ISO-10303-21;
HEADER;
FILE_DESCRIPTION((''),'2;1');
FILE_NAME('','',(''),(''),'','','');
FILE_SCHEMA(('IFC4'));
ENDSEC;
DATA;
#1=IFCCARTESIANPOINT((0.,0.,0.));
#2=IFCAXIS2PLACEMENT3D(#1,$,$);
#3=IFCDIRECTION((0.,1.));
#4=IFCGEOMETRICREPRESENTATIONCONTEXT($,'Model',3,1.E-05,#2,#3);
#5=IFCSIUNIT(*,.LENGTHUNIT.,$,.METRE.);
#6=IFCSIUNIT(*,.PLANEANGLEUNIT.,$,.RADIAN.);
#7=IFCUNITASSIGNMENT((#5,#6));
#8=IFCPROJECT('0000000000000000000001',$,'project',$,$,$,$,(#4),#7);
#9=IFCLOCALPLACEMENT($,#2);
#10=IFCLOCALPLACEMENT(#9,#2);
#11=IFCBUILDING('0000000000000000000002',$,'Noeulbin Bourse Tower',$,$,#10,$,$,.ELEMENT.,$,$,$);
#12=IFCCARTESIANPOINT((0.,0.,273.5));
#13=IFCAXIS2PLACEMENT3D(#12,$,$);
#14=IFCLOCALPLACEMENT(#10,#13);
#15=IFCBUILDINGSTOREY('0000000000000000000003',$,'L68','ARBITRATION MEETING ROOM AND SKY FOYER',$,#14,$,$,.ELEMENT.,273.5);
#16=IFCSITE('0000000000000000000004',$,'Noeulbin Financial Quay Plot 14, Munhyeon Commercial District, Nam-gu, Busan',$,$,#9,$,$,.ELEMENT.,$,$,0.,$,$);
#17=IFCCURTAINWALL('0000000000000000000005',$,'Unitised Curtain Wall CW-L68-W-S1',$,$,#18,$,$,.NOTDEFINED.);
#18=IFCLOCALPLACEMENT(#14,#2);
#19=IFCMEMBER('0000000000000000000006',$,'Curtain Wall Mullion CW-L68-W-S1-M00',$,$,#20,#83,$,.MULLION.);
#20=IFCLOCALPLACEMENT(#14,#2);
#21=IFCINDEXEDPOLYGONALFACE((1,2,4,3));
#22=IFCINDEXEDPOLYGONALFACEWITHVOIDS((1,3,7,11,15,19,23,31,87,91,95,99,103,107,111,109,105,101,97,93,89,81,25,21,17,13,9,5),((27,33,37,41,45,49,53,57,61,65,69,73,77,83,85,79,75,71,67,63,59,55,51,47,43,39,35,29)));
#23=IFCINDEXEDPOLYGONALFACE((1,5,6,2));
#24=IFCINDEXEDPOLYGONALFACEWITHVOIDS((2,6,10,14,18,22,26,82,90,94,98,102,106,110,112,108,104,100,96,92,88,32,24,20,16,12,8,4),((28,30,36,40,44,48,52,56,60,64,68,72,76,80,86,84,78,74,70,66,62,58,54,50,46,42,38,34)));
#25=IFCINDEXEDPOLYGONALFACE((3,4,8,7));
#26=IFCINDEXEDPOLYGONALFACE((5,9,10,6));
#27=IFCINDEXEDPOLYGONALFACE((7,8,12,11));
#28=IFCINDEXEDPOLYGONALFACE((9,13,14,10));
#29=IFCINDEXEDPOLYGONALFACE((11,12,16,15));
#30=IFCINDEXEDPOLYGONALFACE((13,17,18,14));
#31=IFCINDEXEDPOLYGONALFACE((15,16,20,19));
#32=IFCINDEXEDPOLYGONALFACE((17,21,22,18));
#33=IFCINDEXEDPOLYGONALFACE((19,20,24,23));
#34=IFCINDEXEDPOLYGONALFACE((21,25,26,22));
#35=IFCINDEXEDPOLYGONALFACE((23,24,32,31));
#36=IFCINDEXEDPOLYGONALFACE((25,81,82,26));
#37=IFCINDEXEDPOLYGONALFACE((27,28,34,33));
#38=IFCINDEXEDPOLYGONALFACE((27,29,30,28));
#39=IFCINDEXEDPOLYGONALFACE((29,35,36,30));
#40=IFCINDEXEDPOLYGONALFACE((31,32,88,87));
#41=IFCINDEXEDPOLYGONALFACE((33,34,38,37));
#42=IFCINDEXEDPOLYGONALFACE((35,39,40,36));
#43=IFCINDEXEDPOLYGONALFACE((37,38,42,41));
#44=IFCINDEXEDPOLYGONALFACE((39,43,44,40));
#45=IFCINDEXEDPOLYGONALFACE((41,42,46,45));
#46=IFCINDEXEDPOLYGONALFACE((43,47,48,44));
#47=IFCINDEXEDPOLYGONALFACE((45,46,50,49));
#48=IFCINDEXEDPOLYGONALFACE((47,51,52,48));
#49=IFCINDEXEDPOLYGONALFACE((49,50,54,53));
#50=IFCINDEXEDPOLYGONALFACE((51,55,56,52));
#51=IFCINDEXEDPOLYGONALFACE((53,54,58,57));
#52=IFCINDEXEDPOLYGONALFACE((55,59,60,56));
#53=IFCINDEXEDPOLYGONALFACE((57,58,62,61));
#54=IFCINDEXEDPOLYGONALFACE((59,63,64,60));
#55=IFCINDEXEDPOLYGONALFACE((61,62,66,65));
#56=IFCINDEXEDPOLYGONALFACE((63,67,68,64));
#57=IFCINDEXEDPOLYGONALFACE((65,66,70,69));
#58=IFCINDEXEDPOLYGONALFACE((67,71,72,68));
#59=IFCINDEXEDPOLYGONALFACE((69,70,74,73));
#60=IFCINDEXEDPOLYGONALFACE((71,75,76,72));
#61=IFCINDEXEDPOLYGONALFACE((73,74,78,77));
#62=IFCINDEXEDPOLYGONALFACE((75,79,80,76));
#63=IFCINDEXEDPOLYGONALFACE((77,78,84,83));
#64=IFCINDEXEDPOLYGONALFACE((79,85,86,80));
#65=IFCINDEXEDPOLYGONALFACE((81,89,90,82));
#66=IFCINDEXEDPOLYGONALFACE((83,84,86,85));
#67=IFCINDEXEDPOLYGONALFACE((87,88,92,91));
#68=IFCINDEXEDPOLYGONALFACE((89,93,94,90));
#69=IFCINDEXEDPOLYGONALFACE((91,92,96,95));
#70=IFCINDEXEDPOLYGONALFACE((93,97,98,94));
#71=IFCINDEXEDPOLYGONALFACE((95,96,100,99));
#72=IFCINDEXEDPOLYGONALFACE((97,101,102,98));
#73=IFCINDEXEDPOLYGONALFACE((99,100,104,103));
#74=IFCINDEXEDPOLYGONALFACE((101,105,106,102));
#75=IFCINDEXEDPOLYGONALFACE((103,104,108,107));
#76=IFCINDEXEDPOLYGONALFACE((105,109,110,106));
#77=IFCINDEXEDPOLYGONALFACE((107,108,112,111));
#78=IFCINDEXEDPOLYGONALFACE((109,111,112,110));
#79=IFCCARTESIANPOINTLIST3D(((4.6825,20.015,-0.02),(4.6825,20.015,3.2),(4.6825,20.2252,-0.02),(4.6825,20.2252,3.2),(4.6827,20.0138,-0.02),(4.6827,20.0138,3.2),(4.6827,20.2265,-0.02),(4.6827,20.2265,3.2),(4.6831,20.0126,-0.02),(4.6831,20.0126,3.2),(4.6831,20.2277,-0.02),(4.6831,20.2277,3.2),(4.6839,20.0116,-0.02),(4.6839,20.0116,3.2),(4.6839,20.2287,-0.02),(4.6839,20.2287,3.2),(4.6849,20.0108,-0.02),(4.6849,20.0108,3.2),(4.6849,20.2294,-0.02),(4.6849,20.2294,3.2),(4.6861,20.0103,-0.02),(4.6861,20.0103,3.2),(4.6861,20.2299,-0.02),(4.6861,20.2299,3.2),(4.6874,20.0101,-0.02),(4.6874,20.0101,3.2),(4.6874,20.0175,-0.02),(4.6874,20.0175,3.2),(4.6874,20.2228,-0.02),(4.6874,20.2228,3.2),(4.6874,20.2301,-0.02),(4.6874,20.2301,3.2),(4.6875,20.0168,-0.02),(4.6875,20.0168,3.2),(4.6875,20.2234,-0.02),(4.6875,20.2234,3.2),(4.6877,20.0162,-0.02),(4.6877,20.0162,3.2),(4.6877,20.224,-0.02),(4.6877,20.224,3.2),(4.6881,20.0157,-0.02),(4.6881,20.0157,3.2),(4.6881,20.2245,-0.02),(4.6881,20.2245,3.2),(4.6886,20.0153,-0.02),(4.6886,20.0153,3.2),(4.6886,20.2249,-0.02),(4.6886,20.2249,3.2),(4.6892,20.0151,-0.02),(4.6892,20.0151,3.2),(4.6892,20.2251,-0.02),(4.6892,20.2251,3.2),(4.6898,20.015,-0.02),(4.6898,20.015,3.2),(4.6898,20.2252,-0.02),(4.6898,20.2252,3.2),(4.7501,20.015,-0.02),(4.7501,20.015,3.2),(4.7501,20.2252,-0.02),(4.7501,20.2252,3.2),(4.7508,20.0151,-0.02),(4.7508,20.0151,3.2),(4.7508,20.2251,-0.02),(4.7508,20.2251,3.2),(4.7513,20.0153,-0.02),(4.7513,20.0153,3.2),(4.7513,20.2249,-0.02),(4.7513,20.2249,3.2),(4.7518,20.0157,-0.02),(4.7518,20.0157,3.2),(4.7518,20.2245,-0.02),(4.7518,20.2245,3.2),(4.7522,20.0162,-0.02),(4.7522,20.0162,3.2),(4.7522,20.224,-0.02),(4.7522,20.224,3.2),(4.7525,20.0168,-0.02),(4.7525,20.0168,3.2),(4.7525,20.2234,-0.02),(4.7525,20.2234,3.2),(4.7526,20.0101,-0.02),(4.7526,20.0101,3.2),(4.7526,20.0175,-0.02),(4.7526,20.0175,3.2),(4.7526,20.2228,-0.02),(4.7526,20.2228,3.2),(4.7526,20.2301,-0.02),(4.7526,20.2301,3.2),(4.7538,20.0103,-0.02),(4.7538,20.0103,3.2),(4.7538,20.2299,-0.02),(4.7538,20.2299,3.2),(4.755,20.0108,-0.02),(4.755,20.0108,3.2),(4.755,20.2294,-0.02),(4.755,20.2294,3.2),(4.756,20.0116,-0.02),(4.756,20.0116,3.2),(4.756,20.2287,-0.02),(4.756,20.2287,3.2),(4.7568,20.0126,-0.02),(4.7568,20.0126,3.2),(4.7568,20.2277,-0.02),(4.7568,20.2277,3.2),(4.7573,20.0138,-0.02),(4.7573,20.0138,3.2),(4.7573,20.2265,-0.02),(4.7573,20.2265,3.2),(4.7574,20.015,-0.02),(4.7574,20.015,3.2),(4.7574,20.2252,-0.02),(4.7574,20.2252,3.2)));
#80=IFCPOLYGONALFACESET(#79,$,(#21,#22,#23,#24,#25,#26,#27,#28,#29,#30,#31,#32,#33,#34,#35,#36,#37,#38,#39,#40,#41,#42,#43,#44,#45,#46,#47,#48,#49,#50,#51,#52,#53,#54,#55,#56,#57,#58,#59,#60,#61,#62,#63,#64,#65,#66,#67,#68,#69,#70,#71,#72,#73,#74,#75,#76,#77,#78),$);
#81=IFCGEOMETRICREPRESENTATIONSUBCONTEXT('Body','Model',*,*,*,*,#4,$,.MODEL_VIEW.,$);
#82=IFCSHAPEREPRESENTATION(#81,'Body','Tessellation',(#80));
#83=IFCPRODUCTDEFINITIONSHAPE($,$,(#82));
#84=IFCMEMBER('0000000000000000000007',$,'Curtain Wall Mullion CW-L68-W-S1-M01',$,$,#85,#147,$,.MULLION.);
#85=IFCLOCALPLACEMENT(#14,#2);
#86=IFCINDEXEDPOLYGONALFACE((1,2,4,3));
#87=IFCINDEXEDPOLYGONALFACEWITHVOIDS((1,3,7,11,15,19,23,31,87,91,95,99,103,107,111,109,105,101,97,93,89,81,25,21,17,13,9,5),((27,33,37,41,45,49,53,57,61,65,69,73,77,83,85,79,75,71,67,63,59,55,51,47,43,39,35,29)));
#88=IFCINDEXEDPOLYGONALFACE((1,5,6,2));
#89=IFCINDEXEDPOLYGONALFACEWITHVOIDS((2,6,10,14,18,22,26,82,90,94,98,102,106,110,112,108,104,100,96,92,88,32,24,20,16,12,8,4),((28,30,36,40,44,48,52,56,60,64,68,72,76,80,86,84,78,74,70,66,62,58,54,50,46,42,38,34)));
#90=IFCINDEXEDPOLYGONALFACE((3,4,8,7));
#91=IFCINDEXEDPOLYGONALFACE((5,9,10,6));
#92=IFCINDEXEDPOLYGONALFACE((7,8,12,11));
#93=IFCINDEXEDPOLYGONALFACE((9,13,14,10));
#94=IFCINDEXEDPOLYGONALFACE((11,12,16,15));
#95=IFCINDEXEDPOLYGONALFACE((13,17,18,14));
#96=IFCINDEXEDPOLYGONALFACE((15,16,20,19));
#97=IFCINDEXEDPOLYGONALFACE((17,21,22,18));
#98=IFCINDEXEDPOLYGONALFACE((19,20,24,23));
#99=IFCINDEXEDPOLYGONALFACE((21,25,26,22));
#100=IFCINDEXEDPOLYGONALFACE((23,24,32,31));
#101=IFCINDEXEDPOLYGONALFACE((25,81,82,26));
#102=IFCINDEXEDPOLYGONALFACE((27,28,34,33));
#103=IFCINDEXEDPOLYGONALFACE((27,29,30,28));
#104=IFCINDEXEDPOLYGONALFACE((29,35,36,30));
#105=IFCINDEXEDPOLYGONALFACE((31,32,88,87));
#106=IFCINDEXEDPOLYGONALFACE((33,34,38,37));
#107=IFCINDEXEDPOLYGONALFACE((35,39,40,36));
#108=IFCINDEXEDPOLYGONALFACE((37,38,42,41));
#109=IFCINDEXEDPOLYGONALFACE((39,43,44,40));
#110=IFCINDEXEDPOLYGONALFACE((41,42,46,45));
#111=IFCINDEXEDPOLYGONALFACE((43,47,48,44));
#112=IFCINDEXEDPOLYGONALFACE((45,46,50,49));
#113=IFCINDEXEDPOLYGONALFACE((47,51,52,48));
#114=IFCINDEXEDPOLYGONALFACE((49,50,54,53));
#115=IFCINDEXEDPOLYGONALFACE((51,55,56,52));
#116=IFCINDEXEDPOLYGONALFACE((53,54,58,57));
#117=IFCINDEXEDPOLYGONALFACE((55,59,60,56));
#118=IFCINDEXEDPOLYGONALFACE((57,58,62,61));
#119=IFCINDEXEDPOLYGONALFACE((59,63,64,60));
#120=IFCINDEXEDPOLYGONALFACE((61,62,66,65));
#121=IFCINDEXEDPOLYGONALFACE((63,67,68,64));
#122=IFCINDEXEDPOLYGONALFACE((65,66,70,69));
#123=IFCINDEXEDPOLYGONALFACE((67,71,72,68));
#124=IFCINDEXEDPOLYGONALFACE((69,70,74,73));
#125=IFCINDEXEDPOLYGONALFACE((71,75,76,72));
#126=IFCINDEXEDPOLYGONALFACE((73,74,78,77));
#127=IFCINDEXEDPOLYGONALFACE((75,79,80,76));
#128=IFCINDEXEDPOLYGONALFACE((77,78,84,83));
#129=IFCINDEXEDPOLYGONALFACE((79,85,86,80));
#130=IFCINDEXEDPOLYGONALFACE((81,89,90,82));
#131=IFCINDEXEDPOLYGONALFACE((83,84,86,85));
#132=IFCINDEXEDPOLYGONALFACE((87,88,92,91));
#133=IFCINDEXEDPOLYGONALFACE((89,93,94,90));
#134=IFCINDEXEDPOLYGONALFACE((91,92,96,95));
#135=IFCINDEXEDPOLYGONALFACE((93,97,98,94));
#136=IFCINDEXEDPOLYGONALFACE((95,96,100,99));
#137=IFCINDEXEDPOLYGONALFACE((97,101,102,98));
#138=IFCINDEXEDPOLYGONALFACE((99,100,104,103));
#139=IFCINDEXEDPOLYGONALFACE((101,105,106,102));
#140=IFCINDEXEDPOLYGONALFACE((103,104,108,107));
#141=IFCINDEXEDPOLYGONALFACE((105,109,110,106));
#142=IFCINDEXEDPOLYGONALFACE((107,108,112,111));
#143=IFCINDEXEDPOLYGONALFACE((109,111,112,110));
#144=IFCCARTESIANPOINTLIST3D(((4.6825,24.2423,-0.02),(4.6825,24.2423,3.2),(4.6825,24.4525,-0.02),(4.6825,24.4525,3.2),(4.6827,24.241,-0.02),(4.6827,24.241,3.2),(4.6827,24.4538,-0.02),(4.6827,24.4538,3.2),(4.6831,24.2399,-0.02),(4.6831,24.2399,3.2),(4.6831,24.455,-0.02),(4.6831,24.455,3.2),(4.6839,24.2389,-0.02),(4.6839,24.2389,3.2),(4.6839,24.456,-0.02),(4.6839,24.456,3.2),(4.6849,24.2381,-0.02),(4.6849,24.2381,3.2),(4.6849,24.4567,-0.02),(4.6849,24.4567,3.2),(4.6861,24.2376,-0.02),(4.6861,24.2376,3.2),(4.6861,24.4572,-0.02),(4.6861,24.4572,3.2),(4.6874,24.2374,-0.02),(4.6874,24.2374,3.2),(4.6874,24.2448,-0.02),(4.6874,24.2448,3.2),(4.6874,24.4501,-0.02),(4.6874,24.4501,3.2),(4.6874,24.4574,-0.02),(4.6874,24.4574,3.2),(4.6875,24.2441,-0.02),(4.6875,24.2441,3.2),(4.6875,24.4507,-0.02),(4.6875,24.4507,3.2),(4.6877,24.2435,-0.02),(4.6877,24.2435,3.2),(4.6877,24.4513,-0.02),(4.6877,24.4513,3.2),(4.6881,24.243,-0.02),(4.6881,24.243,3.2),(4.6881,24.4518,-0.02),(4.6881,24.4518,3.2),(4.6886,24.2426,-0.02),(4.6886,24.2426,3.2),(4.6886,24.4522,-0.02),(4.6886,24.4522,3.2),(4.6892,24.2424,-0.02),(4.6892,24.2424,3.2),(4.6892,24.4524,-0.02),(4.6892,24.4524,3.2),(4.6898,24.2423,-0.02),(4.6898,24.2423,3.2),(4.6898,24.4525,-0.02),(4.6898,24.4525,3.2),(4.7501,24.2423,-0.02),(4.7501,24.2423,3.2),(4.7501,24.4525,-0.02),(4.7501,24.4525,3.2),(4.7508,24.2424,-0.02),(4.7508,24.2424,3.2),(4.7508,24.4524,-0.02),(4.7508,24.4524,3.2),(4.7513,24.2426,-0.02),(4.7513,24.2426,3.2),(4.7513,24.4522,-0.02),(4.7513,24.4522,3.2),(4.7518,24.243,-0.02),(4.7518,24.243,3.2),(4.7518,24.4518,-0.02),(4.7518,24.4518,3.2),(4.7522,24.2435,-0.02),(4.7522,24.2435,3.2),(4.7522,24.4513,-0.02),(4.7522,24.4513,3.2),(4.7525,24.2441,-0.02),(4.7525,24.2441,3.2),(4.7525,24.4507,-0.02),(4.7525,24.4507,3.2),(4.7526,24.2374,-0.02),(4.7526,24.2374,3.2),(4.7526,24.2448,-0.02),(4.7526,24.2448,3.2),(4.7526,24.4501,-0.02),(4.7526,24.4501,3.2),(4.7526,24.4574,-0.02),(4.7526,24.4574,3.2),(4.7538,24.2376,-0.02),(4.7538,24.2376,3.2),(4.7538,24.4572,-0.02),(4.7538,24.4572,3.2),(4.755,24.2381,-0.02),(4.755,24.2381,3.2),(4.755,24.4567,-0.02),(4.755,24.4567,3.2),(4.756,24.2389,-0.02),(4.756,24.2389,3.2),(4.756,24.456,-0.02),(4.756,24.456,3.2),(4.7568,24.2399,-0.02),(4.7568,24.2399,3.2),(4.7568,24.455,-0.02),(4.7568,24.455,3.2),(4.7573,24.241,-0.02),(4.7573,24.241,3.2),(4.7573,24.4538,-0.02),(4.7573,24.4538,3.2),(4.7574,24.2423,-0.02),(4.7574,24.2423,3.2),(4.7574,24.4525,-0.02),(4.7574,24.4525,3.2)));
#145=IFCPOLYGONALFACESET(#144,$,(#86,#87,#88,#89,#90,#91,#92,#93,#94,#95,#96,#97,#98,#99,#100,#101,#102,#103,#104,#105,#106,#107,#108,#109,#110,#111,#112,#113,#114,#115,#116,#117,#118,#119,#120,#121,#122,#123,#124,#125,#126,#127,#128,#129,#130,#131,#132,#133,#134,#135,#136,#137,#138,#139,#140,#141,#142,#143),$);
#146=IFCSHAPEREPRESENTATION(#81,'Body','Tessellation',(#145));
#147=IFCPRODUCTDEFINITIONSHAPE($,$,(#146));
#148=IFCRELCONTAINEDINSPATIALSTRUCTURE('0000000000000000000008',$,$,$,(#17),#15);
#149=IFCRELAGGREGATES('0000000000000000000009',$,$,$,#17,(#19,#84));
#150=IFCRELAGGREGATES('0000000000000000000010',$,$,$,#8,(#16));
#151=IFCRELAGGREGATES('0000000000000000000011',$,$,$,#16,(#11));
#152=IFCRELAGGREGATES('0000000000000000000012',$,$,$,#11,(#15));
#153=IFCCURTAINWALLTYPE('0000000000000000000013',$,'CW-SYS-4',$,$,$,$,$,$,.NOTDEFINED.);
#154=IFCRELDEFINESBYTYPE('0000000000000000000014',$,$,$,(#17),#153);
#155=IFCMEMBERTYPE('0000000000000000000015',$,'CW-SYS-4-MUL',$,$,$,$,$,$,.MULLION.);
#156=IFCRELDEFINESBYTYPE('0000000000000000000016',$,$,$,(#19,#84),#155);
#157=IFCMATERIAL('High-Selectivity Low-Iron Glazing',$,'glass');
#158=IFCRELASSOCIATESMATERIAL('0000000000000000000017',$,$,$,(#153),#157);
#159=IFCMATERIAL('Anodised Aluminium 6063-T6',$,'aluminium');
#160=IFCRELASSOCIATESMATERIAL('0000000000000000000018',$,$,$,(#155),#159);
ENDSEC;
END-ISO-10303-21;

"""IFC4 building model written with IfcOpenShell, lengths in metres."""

from ifc_helpers import new_model, si_unit, direction, frame, origin, origin_2d, place, context, subcontext, project, spatial, hollow_rectangle, extrude, material, material_profile, profile_set, type_object, element, aggregate, save


model = new_model("IFC4")

# Units and contexts
model_context = context("Model", 3, precision=1e-05, world=origin(), true_north=direction((0.0, 1.0)))
body_context = subcontext(model_context, "Body", "Model", "MODEL_VIEW")
ifc_project = project(units=[si_unit("LENGTHUNIT", "METRE"), si_unit("PLANEANGLEUNIT", "RADIAN")], contexts=[model_context])

# Site, building, storey
site_placement = place(None, origin())
site = spatial("IfcSite", under=ifc_project, at=site_placement, Name="Noeulbin Financial Quay Plot 14, Munhyeon Commercial District, Nam-gu, Busan", CompositionType="ELEMENT", RefElevation=0.0)
building_placement = place(site_placement, origin())
building = spatial("IfcBuilding", under=site, at=building_placement, Name="Noeulbin Bourse Tower", CompositionType="ELEMENT")
storey_placement = place(building_placement, frame((0.0, 0.0, 273.5)))
storey = spatial("IfcBuildingStorey", under=building, at=storey_placement, Name="L68", Description="ARBITRATION MEETING ROOM AND SKY FOYER", CompositionType="ELEMENT", Elevation=273.5)

# Curtain wall, members
ifc_material_1 = material(Name="High-Selectivity Low-Iron Glazing", Category="glass")
curtain_wall_type = type_object("IfcCurtainWallType", Name="CW-SYS-4", PredefinedType="NOTDEFINED", material=ifc_material_1)
curtain_wall_1_placement = place(storey_placement, origin())
curtain_wall_1 = element("IfcCurtainWall", 1, at=curtain_wall_1_placement, inside=storey, type_object=curtain_wall_type, Name="Unitised Curtain Wall CW-L68-W-S1", PredefinedType="NOTDEFINED")
ifc_material_2 = material(Name="Anodised Aluminium 6063-T6", Category="aluminium")
ifc_material_profile_1 = material_profile(ifc_material_2, hollow_rectangle(XDim=0.075, YDim=0.22, WallThickness=0.0049, InnerFilletRadius=0.0024, OuterFilletRadius=0.0049, at=origin_2d()), Name="ALU-MULL-75x220x5", Category="LoadBearing")
ifc_profile_set_1 = profile_set([ifc_material_profile_1], Name="Anodised Aluminium 6063-T6")
member_type_1 = type_object("IfcMemberType", Name="CW-SYS-4-MUL", PredefinedType="MULLION", material=ifc_profile_set_1)
member_1_placement = place(storey_placement, frame((4.72, 20.1201, -0.02), z_axis=(0.0, 0.0, 1.0), x_axis=(1.0, 0.0, 0.0)))
member_1 = element("IfcMember", 2, at=member_1_placement, type_object=member_type_1, Name="Curtain Wall Mullion CW-L68-W-S1-M00", PredefinedType="MULLION", context=body_context, shape_type="SweptSolid", body=[
    extrude(hollow_rectangle(XDim=0.075, YDim=0.22, WallThickness=0.0049, InnerFilletRadius=0.0024, OuterFilletRadius=0.0049, at=origin_2d()), origin(), (0.0, 0.0, 1.0), 3.22),
])
member_2_placement = place(storey_placement, frame((4.72, 24.3474, -0.02), z_axis=(0.0, 0.0, 1.0), x_axis=(1.0, 0.0, 0.0)))
member_2 = element("IfcMember", 3, at=member_2_placement, type_object=member_type_1, Name="Curtain Wall Mullion CW-L68-W-S1-M01", PredefinedType="MULLION", context=body_context, shape_type="SweptSolid", body=[
    extrude(hollow_rectangle(XDim=0.075, YDim=0.22, WallThickness=0.0049, InnerFilletRadius=0.0024, OuterFilletRadius=0.0049, at=origin_2d()), origin(), (0.0, 0.0, 1.0), 3.22),
])

aggregate(curtain_wall_1, [member_1, member_2])

save(model, "model.ifc")
